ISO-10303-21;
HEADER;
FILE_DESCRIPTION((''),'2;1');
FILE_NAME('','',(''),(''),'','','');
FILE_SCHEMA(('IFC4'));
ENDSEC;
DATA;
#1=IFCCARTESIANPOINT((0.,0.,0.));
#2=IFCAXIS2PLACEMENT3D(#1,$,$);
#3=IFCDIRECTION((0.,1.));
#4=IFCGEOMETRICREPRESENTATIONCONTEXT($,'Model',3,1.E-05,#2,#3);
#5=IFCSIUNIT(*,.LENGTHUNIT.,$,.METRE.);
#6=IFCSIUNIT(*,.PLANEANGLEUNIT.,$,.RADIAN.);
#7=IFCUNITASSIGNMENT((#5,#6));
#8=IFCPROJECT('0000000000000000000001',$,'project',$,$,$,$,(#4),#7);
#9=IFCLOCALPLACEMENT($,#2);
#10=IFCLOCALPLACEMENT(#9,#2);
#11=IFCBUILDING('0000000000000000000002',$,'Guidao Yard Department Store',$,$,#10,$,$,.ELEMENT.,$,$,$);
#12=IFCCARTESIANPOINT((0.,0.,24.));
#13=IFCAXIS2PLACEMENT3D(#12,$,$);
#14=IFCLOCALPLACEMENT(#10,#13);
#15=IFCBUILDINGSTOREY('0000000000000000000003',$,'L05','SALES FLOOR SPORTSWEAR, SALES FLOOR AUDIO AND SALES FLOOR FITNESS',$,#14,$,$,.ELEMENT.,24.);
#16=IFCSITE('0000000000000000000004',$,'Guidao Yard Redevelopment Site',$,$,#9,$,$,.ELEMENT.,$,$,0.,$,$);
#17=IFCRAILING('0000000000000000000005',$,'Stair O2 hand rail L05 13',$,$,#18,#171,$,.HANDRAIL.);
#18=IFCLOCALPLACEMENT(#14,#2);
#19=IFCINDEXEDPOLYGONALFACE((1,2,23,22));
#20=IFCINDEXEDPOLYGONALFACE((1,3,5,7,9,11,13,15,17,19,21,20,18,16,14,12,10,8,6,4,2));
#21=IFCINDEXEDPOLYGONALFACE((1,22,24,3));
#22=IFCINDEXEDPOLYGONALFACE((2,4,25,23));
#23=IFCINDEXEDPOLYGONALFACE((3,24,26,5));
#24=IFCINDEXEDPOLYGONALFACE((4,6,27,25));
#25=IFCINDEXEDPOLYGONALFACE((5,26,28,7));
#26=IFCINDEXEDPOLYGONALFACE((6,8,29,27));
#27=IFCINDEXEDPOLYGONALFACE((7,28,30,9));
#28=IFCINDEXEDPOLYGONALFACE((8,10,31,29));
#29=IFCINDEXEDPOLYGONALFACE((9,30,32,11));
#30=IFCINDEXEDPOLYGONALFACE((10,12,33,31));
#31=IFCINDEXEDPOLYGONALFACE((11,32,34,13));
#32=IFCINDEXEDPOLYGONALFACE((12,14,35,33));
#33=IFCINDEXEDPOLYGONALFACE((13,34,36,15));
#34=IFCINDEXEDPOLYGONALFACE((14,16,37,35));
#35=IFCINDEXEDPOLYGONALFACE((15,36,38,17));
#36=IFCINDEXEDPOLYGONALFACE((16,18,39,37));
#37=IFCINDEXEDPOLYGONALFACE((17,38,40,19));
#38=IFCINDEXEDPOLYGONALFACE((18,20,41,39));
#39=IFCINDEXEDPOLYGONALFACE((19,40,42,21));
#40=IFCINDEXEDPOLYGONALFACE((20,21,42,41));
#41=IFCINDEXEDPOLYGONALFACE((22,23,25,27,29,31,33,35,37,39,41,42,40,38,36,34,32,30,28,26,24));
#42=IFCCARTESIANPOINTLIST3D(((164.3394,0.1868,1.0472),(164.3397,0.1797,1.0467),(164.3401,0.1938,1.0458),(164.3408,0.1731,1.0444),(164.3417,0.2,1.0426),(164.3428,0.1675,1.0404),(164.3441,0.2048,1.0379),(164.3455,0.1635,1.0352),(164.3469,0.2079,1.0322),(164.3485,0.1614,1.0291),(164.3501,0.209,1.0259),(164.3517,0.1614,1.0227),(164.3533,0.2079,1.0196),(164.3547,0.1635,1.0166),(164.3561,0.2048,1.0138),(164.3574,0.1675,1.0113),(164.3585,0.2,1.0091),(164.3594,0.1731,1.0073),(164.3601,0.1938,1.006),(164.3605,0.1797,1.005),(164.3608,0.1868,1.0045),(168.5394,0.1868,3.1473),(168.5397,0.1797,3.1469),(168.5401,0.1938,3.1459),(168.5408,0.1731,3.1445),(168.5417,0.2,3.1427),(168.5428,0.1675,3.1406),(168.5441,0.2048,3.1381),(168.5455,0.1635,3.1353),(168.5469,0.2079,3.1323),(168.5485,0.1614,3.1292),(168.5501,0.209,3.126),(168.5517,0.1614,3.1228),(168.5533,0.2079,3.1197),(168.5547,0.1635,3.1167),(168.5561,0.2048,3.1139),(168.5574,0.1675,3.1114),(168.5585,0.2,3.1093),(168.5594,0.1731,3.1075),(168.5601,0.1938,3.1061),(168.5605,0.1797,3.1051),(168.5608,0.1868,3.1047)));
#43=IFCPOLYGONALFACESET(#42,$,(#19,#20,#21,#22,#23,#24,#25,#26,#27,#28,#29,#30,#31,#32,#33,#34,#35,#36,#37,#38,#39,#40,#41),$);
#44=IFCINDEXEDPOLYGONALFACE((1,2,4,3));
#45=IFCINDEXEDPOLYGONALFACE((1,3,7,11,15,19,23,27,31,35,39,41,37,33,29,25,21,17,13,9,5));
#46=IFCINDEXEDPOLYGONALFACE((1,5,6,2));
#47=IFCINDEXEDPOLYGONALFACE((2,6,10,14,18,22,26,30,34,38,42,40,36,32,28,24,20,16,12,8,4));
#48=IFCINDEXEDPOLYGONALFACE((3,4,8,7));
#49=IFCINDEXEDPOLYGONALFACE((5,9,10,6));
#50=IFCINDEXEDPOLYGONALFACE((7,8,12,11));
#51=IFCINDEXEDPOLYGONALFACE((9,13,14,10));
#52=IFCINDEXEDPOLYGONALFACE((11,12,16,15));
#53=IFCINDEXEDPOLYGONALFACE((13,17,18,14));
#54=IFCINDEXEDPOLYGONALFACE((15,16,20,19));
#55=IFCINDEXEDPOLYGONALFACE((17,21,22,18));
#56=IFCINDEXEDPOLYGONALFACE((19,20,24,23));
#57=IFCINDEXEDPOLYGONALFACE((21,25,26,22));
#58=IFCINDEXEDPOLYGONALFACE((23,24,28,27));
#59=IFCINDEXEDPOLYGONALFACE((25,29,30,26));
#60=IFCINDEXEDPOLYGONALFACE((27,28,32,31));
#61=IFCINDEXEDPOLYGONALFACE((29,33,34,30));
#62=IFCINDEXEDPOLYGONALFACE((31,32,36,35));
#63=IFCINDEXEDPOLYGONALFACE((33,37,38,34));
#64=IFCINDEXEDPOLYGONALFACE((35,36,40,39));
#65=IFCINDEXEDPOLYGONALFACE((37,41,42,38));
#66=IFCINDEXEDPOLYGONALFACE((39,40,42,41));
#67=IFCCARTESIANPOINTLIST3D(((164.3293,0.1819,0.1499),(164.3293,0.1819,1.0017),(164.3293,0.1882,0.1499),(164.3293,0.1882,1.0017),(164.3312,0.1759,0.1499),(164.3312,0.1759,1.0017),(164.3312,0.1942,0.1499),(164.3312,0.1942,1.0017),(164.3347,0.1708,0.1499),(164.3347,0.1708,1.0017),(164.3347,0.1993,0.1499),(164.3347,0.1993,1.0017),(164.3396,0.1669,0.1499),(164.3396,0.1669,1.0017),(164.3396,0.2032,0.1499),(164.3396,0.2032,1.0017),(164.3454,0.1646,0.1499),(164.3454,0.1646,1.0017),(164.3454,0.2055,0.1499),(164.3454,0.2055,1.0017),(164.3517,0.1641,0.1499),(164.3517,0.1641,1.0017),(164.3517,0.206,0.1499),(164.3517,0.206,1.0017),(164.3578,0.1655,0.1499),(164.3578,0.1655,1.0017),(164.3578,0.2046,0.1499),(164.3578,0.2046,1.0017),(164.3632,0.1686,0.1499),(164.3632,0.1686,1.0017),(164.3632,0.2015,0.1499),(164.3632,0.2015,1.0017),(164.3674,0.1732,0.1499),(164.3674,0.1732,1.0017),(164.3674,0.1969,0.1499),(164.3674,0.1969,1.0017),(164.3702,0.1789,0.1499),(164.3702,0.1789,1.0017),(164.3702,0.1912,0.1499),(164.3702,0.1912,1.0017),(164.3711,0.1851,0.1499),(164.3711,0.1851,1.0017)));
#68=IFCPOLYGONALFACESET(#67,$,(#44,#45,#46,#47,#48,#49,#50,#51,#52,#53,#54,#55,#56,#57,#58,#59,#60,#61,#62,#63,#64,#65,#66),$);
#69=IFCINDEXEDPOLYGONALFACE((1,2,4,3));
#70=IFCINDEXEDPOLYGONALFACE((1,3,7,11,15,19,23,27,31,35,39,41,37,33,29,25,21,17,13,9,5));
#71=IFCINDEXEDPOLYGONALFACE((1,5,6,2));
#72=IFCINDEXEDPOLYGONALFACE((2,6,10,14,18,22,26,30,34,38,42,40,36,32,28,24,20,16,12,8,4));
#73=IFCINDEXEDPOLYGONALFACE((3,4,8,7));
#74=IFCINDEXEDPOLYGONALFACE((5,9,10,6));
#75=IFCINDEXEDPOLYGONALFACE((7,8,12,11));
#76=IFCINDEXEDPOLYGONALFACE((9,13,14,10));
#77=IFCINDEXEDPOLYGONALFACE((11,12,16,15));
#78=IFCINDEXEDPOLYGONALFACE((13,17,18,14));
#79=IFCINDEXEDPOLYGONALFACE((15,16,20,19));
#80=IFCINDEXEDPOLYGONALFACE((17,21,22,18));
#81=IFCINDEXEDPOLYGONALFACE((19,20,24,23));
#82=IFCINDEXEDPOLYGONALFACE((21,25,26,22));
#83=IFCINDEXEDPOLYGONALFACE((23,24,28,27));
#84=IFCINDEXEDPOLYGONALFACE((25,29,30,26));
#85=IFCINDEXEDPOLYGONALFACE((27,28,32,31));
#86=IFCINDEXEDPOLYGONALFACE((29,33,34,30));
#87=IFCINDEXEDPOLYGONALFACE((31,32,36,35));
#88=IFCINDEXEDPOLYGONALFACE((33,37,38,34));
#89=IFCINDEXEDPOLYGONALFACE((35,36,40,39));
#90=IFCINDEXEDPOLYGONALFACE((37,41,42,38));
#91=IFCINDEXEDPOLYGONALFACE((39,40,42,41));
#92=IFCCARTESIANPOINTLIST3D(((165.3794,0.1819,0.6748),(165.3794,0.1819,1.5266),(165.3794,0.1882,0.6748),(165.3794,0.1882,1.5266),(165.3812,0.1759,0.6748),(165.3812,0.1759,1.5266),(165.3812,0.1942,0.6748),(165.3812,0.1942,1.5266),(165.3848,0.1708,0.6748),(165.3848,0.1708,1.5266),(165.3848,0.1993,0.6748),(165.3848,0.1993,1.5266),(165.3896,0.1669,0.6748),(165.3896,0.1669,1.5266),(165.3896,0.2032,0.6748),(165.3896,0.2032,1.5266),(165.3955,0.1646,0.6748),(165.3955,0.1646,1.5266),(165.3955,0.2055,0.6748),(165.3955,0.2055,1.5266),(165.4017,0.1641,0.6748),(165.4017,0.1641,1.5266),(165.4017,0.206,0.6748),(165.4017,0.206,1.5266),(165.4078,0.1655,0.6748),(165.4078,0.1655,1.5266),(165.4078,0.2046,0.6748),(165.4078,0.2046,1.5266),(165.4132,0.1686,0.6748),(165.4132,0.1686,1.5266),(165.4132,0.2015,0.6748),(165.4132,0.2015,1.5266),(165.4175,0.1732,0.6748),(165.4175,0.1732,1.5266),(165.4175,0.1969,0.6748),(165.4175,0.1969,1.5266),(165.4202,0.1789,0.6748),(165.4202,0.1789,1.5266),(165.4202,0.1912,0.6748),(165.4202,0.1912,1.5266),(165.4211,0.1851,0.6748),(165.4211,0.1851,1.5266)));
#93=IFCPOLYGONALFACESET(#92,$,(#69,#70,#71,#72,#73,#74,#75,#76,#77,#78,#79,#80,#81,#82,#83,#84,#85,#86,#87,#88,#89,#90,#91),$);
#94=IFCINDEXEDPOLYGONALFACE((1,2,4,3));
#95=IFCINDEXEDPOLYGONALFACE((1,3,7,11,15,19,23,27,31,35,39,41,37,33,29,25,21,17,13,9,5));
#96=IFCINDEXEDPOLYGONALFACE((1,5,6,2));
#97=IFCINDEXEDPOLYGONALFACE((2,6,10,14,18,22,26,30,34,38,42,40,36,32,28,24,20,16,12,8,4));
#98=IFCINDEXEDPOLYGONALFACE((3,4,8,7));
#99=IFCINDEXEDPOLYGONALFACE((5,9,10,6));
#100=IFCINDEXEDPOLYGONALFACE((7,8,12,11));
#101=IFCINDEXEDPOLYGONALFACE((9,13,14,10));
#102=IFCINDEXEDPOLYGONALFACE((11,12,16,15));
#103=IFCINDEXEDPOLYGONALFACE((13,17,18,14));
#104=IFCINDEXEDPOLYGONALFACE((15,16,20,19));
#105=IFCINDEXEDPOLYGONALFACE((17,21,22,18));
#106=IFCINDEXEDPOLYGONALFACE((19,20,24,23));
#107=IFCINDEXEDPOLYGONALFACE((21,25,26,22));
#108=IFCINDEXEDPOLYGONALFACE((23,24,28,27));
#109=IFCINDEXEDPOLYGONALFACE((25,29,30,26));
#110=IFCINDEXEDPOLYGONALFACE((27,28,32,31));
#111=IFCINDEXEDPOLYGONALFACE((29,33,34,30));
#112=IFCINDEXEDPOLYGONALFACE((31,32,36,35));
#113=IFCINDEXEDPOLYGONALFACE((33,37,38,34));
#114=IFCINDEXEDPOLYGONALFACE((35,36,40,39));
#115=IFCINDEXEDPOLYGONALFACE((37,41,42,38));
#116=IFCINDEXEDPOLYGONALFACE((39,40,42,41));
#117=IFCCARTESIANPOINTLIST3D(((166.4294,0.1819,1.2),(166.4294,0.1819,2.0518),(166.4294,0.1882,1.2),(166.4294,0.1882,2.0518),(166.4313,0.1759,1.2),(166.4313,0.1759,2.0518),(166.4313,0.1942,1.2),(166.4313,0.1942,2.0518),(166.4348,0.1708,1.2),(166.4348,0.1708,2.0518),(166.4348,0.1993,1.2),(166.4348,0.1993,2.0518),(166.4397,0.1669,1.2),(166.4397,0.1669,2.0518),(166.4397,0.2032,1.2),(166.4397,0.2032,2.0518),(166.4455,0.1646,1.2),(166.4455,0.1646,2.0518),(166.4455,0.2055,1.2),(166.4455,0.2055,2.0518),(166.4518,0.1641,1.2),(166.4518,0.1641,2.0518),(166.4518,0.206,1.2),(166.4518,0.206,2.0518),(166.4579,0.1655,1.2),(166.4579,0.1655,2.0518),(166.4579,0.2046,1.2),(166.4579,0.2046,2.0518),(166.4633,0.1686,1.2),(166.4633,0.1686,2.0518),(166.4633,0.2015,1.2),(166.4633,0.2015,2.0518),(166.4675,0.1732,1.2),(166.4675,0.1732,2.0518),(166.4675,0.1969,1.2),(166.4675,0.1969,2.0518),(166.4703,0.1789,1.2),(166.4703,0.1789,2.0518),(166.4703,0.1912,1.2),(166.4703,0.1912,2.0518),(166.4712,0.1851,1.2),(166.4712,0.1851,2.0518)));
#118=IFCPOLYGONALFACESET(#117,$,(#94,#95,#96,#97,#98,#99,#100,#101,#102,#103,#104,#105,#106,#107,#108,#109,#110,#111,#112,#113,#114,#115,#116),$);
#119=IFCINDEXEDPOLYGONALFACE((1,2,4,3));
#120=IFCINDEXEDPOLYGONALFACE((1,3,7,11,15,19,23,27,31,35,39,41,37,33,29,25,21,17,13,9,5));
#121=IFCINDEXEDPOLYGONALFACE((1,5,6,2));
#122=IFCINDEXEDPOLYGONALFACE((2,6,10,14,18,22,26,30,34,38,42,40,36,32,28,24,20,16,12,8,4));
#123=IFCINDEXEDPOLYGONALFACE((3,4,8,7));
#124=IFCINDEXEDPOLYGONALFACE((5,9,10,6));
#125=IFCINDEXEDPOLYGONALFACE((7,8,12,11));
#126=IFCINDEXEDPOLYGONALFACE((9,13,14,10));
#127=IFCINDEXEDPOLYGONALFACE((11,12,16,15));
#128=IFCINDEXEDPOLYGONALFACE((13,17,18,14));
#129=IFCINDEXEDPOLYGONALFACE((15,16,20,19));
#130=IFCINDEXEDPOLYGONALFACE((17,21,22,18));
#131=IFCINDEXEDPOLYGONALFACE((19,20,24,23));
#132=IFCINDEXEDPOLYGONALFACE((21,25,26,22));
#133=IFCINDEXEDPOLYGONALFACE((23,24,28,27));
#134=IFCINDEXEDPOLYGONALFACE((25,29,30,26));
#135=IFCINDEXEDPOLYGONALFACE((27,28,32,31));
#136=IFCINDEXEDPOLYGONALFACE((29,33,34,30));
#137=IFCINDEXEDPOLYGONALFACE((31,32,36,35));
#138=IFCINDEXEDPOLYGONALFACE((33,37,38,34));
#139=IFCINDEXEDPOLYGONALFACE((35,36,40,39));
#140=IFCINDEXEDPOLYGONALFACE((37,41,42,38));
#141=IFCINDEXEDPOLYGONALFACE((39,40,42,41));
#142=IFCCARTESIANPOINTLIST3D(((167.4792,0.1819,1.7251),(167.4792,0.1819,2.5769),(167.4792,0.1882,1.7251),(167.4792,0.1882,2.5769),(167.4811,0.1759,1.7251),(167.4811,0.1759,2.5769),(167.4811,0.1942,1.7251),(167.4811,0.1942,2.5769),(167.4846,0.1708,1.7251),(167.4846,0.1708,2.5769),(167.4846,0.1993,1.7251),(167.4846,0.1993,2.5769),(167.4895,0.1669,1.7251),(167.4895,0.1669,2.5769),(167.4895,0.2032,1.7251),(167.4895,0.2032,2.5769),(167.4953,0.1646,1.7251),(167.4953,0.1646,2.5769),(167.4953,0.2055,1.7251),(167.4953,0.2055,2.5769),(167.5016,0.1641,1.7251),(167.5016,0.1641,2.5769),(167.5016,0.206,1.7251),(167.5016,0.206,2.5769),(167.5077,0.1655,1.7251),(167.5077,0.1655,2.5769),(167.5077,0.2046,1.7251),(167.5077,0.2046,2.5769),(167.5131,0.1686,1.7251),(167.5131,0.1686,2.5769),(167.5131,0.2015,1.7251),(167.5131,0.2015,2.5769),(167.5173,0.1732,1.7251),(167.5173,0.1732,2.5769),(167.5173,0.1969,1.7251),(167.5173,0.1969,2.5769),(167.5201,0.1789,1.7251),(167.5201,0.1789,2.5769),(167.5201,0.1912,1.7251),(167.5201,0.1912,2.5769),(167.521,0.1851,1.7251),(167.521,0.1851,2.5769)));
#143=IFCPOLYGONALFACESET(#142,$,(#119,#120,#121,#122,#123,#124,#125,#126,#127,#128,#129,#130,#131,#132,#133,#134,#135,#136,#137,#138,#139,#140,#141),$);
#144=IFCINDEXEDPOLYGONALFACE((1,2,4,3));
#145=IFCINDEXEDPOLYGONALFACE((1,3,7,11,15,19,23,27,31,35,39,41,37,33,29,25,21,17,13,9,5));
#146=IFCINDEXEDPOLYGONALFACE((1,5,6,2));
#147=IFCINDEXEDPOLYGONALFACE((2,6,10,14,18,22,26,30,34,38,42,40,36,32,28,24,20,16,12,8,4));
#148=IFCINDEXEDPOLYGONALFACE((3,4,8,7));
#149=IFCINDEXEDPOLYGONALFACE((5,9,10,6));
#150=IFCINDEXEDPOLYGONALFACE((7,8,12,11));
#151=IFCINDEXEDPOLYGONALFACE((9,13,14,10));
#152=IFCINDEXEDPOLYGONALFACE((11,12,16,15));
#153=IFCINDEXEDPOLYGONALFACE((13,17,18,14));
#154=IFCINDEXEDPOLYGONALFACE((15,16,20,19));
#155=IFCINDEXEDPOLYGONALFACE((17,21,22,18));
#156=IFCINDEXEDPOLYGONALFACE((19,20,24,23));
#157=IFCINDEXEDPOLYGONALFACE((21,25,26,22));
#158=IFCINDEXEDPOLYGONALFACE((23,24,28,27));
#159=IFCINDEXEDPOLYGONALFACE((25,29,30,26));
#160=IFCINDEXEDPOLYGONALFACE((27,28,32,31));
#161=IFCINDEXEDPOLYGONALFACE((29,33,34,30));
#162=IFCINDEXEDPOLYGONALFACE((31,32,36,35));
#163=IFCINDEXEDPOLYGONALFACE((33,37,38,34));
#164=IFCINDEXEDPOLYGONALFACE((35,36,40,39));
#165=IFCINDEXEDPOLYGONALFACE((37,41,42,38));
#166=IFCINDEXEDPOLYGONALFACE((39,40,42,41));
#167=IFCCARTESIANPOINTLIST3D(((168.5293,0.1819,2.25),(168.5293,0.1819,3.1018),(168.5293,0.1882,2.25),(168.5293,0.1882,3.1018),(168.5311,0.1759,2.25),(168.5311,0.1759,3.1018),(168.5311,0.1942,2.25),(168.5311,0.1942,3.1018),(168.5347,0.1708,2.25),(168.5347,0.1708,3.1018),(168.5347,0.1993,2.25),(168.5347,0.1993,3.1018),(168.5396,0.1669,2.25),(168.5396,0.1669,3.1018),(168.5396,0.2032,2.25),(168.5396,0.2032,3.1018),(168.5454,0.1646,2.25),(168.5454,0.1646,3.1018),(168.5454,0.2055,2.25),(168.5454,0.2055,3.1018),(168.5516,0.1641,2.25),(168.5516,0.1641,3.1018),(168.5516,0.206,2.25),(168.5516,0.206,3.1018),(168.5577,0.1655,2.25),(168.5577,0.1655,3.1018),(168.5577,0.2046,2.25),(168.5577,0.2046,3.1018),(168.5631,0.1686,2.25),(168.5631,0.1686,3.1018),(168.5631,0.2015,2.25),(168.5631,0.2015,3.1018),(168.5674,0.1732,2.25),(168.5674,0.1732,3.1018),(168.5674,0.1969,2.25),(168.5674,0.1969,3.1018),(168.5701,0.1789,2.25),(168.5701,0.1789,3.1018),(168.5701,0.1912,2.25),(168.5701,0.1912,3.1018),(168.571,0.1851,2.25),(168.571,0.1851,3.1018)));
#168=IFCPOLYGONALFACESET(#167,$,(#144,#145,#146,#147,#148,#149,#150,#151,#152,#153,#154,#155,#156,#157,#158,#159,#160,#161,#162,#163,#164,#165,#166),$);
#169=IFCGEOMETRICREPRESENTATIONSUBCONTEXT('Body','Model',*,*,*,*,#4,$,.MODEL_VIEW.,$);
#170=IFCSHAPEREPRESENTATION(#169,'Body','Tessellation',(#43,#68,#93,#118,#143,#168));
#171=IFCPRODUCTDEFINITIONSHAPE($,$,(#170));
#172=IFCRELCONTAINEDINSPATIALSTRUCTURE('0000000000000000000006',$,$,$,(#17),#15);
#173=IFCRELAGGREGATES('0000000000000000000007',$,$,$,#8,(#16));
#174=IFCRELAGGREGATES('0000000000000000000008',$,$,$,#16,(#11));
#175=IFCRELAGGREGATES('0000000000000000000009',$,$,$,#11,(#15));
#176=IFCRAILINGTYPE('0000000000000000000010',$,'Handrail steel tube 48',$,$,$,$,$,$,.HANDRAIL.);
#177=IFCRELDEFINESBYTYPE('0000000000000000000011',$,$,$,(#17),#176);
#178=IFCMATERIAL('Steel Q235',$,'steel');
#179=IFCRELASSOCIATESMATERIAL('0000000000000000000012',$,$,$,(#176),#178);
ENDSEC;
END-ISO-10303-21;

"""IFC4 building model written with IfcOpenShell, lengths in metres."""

from ifc_helpers import new_model, si_unit, direction, frame, origin, origin_2d, place, context, subcontext, project, spatial, circle, extrude, material, type_object, element, save


model = new_model("IFC4")

# Units and contexts
model_context = context("Model", 3, precision=1e-05, world=origin(), true_north=direction((0.0, 1.0)))
body_context = subcontext(model_context, "Body", "Model", "MODEL_VIEW")
ifc_project = project(units=[si_unit("LENGTHUNIT", "METRE"), si_unit("PLANEANGLEUNIT", "RADIAN")], contexts=[model_context])

# Site, building, storey
site_placement = place(None, origin())
site = spatial("IfcSite", under=ifc_project, at=site_placement, Name="Guidao Yard Redevelopment Site", CompositionType="ELEMENT", RefElevation=0.0)
building_placement = place(site_placement, origin())
building = spatial("IfcBuilding", under=site, at=building_placement, Name="Guidao Yard Department Store", CompositionType="ELEMENT")
storey_placement = place(building_placement, frame((0.0, 0.0, 24.0)))
storey = spatial("IfcBuildingStorey", under=building, at=storey_placement, Name="L05", Description="SALES FLOOR SPORTSWEAR, SALES FLOOR AUDIO AND SALES FLOOR FITNESS", CompositionType="ELEMENT", Elevation=24.0)

# Railing
ifc_material_1 = material(Name="Steel Q235", Category="steel")
railing_type_1 = type_object("IfcRailingType", Name="Handrail steel tube 48", PredefinedType="HANDRAIL", material=ifc_material_1)
for number, where, name in (
    (1, (164.3501, 0.1851, 0.1499), "Stair O2 hand rail L05 13"),
):
    element("IfcRailing", number, at=place(storey_placement, frame(where)), inside=storey, type_object=railing_type_1, Name=name, PredefinedType="HANDRAIL", context=body_context, shape_type="SweptSolid", body=[
        extrude(circle(Radius=0.0239, at=origin_2d()), frame((0.0, 0.0, 0.876), z_axis=(0.894417, 0.0, 0.447234), x_axis=(0.0, 1.0, 0.0)), (0.0, 0.0, 1.0), 4.6958),
        extrude(circle(Radius=0.021, at=origin_2d()), origin(), (0.0, 0.0, 1.0), 0.8518),
        extrude(circle(Radius=0.021, at=origin_2d()), frame((1.05, 0.0, 0.5249)), (0.0, 0.0, 1.0), 0.8518),
        extrude(circle(Radius=0.021, at=origin_2d()), frame((2.1001, 0.0, 1.05)), (0.0, 0.0, 1.0), 0.8518),
        extrude(circle(Radius=0.021, at=origin_2d()), frame((3.1499, 0.0, 1.5752)), (0.0, 0.0, 1.0), 0.8518),
        extrude(circle(Radius=0.021, at=origin_2d()), frame((4.2, 0.0, 2.1001)), (0.0, 0.0, 1.0), 0.8518),
    ])

save(model, "model.ifc")
